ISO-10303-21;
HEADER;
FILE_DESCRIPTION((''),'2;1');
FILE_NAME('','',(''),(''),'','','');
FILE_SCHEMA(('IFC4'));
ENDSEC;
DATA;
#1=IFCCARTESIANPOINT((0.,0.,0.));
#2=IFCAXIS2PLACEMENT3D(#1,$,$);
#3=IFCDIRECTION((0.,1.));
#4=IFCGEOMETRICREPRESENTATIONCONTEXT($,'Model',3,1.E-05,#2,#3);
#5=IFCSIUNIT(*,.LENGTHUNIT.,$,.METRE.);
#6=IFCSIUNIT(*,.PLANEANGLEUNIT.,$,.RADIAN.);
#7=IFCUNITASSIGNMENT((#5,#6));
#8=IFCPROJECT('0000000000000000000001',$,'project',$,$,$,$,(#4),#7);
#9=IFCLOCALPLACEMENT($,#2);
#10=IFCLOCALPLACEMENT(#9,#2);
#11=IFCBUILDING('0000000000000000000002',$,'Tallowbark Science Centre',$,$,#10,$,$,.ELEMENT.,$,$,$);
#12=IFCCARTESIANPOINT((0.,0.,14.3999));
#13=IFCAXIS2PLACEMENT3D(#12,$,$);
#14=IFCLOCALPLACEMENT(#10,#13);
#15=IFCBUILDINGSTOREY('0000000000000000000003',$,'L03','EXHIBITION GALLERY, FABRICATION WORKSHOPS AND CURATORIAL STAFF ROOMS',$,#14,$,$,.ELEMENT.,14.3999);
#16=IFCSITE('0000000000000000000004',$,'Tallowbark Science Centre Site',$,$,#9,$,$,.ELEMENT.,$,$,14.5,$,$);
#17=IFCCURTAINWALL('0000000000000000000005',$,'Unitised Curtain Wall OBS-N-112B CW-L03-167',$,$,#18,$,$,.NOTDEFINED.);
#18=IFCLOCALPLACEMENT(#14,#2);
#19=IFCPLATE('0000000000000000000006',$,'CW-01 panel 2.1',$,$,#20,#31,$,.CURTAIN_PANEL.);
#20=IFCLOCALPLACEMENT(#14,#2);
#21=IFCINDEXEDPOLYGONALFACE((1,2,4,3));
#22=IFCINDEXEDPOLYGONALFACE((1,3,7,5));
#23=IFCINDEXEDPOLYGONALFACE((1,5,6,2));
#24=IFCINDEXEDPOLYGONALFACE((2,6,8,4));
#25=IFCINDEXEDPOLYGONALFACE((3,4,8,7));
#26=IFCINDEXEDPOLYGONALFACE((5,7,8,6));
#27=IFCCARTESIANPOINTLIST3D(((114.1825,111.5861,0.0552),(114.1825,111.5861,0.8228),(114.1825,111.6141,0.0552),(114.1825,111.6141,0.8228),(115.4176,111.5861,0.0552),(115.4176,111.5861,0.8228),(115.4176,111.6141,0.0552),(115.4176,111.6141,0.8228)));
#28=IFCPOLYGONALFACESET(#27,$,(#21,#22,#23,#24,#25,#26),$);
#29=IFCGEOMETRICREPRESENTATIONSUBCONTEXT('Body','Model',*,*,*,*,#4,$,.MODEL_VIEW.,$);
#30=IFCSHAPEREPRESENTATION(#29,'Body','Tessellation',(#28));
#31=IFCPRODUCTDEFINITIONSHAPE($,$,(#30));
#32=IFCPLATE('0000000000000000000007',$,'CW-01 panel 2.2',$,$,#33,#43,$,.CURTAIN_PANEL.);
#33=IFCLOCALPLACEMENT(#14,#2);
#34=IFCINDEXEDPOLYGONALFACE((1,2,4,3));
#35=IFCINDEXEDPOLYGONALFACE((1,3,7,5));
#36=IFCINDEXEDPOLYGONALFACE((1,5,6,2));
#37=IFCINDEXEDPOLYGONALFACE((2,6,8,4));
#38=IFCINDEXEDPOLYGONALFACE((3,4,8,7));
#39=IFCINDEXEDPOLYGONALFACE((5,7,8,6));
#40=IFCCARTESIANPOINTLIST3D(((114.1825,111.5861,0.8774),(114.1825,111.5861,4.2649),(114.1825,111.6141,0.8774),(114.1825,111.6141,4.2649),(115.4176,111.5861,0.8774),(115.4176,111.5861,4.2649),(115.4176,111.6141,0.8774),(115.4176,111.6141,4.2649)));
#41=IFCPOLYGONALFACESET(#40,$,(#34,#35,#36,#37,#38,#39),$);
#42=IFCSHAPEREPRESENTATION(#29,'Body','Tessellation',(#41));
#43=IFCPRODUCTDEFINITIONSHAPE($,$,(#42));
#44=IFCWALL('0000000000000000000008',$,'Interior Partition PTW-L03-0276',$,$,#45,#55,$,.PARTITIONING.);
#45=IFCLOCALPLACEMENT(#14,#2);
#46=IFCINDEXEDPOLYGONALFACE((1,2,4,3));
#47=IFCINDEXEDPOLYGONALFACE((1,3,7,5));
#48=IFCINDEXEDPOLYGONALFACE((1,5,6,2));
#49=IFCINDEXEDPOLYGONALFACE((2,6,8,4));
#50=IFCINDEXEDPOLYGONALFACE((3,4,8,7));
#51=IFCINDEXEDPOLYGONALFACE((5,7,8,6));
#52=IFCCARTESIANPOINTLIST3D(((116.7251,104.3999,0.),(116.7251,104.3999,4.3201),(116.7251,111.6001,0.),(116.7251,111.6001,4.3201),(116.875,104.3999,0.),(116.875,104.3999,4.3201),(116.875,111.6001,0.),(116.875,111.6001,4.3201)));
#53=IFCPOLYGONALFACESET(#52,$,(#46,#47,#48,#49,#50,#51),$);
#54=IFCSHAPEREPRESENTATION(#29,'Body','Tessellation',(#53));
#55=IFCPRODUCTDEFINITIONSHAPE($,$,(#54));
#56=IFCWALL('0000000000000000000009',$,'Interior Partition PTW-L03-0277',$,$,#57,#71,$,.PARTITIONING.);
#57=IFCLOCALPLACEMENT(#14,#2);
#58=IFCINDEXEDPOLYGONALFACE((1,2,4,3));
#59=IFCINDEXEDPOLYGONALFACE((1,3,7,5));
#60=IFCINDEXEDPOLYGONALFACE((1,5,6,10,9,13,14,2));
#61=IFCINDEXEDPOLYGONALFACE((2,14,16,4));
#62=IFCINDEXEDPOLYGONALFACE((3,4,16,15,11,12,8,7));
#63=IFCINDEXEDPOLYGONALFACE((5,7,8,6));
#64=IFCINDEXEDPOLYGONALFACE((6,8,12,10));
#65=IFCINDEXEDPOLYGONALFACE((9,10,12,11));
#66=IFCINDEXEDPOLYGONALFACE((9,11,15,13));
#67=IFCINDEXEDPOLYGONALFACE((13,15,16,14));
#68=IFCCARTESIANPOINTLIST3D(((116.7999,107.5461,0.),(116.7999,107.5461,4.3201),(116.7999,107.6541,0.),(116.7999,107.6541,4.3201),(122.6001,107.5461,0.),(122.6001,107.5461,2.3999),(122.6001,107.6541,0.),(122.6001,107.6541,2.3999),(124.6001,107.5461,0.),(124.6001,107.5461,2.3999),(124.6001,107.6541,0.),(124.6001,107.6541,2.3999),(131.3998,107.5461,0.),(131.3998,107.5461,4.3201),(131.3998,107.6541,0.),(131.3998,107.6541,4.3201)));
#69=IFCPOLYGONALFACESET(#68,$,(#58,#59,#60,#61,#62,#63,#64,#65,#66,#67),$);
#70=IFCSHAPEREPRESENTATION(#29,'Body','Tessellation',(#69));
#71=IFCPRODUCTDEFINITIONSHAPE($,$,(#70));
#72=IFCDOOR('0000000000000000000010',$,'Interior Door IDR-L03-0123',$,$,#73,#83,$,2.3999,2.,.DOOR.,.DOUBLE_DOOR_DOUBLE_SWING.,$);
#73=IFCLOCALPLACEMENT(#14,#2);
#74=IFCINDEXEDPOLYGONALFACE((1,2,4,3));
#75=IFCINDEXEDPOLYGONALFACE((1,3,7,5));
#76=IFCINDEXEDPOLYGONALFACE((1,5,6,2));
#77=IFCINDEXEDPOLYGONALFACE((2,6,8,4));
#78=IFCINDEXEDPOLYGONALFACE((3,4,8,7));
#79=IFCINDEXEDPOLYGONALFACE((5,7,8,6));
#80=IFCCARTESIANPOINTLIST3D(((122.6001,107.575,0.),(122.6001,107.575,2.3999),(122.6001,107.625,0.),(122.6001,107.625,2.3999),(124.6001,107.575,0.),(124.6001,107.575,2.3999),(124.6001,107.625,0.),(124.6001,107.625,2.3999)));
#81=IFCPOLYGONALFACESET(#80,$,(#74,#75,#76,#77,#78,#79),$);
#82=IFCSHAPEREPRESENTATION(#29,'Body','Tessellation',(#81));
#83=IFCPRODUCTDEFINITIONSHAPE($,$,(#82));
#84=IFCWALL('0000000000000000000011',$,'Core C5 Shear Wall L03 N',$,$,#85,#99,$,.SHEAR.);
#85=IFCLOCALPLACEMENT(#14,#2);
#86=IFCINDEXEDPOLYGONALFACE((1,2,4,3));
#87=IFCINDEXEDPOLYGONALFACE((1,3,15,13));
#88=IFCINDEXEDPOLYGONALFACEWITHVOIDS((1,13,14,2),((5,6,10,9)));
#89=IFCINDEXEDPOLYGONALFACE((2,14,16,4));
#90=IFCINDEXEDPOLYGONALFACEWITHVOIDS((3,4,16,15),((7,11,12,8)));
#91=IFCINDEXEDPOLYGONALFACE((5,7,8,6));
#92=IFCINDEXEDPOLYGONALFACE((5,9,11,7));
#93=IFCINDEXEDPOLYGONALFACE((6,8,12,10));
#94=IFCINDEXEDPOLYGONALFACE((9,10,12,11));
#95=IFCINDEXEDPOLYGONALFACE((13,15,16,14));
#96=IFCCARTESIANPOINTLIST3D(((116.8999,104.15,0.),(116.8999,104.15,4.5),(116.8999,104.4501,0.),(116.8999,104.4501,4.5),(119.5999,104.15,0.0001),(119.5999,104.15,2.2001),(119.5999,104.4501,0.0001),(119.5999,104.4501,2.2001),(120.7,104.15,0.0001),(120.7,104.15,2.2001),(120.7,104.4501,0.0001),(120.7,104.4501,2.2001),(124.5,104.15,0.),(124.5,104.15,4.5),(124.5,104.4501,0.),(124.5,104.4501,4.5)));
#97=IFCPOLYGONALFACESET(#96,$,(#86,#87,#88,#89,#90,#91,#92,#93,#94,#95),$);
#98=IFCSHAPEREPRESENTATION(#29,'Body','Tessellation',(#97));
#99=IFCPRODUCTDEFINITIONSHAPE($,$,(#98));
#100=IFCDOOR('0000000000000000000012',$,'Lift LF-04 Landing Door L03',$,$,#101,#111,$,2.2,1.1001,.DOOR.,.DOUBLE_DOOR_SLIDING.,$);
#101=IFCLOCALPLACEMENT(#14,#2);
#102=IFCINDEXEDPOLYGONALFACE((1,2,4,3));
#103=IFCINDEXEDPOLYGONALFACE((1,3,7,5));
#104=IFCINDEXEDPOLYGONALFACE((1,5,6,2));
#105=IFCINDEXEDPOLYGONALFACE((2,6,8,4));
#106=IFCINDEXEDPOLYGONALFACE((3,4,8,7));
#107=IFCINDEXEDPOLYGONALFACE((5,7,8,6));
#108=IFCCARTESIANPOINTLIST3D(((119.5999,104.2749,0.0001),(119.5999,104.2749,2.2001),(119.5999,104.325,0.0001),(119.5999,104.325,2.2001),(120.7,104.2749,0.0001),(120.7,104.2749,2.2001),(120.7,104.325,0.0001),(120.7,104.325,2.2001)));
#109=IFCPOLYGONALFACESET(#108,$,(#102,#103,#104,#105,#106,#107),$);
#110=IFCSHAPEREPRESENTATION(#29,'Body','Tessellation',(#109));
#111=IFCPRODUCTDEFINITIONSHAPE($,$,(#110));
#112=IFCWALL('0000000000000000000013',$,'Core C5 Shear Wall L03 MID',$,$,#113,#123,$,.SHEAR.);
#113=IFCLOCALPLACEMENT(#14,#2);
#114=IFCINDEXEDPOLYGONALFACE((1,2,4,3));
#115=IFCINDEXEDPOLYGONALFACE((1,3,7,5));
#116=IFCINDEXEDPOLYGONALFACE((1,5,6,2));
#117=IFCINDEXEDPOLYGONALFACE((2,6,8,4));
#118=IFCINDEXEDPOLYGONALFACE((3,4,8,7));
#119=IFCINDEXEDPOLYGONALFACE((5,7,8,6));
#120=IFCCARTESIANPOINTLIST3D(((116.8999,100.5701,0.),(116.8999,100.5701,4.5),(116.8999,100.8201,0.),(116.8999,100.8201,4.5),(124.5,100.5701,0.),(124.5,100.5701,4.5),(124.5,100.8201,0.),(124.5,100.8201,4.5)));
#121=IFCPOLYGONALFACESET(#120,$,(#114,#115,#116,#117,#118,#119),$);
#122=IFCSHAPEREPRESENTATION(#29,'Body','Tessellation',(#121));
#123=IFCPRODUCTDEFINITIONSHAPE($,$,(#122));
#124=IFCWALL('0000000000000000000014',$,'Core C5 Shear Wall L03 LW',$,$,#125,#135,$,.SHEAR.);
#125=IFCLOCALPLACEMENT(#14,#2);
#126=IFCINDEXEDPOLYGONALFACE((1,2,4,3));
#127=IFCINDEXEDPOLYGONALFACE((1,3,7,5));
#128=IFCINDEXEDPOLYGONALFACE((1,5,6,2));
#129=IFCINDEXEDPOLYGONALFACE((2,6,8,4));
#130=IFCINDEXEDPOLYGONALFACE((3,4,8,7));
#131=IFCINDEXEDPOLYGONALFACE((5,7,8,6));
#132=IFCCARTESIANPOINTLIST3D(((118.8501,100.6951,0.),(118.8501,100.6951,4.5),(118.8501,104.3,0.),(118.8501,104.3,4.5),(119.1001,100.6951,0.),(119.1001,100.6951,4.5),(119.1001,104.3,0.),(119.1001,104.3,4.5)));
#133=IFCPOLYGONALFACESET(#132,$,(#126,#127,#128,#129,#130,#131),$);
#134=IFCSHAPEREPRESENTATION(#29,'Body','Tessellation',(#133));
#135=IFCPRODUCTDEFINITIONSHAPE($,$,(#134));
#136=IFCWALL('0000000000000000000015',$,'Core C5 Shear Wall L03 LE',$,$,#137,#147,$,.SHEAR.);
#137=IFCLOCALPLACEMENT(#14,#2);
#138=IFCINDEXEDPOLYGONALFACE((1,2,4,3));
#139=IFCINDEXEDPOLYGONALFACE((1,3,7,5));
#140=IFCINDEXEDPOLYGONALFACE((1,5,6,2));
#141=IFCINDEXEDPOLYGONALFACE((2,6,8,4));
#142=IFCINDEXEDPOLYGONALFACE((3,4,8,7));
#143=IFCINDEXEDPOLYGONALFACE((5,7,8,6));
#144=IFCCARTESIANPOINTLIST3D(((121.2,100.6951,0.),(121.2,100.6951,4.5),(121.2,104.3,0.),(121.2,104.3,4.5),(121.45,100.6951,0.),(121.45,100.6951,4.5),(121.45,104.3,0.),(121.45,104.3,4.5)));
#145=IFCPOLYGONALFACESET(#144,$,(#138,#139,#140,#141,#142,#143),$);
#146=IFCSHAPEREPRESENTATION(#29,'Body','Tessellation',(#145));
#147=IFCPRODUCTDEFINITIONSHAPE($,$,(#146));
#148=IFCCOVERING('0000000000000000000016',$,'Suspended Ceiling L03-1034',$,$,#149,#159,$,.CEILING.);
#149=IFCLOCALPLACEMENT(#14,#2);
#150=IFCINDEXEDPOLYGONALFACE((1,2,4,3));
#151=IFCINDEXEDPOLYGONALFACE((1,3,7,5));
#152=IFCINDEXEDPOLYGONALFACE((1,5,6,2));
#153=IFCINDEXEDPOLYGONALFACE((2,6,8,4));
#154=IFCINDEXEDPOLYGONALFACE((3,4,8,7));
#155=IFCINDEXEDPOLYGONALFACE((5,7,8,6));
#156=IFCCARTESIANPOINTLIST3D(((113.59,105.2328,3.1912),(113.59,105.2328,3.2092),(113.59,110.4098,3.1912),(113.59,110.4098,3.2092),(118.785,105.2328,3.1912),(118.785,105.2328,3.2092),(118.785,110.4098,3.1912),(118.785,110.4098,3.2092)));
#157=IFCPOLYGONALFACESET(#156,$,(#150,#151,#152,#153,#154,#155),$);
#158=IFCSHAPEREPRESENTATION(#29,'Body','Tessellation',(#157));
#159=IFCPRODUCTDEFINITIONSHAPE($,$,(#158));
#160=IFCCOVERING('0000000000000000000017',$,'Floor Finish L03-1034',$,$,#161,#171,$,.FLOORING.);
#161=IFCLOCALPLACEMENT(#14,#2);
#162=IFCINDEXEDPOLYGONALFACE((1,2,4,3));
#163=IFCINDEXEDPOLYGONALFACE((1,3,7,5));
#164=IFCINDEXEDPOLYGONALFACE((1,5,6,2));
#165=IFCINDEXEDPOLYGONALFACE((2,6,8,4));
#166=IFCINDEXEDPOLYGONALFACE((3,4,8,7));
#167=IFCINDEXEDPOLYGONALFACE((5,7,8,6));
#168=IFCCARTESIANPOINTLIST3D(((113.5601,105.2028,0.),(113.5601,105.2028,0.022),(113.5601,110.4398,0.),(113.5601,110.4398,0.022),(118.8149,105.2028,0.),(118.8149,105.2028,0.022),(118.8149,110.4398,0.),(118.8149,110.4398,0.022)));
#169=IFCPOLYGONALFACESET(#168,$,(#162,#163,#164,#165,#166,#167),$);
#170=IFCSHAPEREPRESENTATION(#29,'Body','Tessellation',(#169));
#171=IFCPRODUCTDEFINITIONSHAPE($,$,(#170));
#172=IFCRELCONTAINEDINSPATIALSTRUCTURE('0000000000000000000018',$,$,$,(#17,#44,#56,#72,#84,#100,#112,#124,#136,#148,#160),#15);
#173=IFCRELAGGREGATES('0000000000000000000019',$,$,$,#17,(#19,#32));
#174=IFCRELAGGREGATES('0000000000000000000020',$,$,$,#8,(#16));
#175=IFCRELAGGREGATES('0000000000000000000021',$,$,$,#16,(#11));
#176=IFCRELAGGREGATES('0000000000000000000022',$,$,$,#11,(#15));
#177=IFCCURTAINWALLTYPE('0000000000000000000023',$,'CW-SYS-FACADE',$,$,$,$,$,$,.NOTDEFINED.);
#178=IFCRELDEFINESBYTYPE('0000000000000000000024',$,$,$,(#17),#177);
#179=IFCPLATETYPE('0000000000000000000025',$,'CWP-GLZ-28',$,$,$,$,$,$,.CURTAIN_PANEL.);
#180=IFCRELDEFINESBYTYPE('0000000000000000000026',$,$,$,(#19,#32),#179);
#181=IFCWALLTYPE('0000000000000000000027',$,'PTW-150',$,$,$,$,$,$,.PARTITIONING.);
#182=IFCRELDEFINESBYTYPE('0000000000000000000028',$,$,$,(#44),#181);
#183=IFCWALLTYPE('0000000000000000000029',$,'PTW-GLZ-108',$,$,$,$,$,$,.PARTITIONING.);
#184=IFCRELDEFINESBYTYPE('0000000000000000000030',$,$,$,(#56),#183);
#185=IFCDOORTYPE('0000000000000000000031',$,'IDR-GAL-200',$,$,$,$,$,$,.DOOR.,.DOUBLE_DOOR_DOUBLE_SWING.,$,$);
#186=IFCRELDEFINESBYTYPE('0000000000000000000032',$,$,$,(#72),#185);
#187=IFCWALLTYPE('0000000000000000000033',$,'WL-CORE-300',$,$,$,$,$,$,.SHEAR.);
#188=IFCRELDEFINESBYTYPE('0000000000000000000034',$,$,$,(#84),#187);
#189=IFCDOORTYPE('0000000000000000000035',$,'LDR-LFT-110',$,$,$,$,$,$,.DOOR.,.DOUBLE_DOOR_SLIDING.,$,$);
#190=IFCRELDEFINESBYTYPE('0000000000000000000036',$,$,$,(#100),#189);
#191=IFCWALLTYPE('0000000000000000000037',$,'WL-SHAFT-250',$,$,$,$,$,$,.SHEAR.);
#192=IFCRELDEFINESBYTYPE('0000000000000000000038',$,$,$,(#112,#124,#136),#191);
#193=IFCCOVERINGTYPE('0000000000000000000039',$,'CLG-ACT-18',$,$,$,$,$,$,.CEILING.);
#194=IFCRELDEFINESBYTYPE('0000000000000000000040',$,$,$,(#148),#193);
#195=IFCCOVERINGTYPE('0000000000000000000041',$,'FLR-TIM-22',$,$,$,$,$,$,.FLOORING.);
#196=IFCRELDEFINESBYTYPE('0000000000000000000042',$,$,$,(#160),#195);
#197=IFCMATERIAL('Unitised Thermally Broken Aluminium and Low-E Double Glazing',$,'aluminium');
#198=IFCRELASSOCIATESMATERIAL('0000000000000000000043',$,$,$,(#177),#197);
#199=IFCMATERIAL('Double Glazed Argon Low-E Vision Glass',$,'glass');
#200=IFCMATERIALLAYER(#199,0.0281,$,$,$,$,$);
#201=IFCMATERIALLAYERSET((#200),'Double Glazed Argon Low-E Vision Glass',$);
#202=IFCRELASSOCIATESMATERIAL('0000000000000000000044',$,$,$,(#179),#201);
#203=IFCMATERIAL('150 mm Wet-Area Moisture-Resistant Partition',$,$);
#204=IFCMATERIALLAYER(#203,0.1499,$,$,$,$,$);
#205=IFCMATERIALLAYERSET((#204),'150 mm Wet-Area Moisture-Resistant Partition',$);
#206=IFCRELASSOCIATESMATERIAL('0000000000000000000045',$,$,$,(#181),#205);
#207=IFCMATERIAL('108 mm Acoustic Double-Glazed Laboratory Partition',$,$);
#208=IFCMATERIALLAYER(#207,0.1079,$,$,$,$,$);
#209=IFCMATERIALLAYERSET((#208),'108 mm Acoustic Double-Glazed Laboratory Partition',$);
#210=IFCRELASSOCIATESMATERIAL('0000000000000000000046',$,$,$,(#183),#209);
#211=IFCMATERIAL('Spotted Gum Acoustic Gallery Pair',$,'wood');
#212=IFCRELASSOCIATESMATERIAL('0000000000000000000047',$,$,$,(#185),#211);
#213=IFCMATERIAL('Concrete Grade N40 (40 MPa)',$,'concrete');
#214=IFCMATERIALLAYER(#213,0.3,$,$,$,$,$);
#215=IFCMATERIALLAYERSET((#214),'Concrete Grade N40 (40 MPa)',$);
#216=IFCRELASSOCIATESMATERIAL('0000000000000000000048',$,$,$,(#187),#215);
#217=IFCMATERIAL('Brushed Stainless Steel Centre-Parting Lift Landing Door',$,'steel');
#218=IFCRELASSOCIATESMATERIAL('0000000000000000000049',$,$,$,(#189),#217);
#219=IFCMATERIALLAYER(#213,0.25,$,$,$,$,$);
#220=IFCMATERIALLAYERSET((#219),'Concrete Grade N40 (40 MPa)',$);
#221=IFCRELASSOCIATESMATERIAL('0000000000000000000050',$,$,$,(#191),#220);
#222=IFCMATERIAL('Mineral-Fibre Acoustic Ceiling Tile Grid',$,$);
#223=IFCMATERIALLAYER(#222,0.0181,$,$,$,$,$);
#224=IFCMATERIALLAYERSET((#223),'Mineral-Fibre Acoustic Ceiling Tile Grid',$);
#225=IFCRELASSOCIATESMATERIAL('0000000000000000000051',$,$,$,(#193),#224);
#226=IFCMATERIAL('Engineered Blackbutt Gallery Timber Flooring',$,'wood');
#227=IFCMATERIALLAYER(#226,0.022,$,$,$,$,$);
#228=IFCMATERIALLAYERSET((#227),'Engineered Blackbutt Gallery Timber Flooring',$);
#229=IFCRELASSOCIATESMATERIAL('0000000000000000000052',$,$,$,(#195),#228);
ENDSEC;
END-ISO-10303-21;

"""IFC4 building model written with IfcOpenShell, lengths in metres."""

from ifc_helpers import new_model, si_unit, direction, frame, frame_2d, origin, origin_2d, place, context, subcontext, project, spatial, rectangle, extrude, material, layer, layer_set, type_object, element, fill, aggregate, save


model = new_model("IFC4")

# Units and contexts
model_context = context("Model", 3, precision=1e-05, world=origin(), true_north=direction((0.0, 1.0)))
body_context = subcontext(model_context, "Body", "Model", "MODEL_VIEW")
ifc_project = project(units=[si_unit("LENGTHUNIT", "METRE"), si_unit("PLANEANGLEUNIT", "RADIAN")], contexts=[model_context])

# Site, building, storey
site_placement = place(None, origin())
site = spatial("IfcSite", under=ifc_project, at=site_placement, Name="Tallowbark Science Centre Site", CompositionType="ELEMENT", RefElevation=14.5)
building_placement = place(site_placement, origin())
building = spatial("IfcBuilding", under=site, at=building_placement, Name="Tallowbark Science Centre", CompositionType="ELEMENT")
storey_placement = place(building_placement, frame((0.0, 0.0, 14.3999)))
storey = spatial("IfcBuildingStorey", under=building, at=storey_placement, Name="L03", Description="EXHIBITION GALLERY, FABRICATION WORKSHOPS AND CURATORIAL STAFF ROOMS", CompositionType="ELEMENT", Elevation=14.3999)

# Curtain wall
ifc_material_1 = material(Name="Unitised Thermally Broken Aluminium and Low-E Double Glazing", Category="aluminium")
curtain_wall_type = type_object("IfcCurtainWallType", Name="CW-SYS-FACADE", PredefinedType="NOTDEFINED", material=ifc_material_1)
curtain_wall_placement = place(storey_placement, origin())
curtain_wall = element("IfcCurtainWall", 1, at=curtain_wall_placement, inside=storey, type_object=curtain_wall_type, Name="Unitised Curtain Wall OBS-N-112B CW-L03-167", PredefinedType="NOTDEFINED")

# Plates
ifc_material_2 = material(Name="Double Glazed Argon Low-E Vision Glass", Category="glass")
ifc_layer_1 = layer(ifc_material_2, 0.0281)
ifc_layer_set_1 = layer_set([ifc_layer_1], Name="Double Glazed Argon Low-E Vision Glass")
plate_type = type_object("IfcPlateType", Name="CWP-GLZ-28", PredefinedType="CURTAIN_PANEL", material=ifc_layer_set_1)
plate_1_placement = place(storey_placement, frame((114.8, 111.6001, 0.0552), z_axis=(0.0, 0.0, 1.0), x_axis=(-1.0, 0.0, 0.0)))
plate_1 = element("IfcPlate", 2, at=plate_1_placement, type_object=plate_type, Name="CW-01 panel 2.1", PredefinedType="CURTAIN_PANEL", context=body_context, shape_type="SweptSolid", body=[
    extrude(rectangle(XDim=1.2351, YDim=0.0281, at=origin_2d()), origin(), (0.0, 0.0, 1.0), 0.7676),
])
plate_2_placement = place(storey_placement, frame((114.8, 111.6001, 0.8774), z_axis=(0.0, 0.0, 1.0), x_axis=(-1.0, 0.0, 0.0)))
plate_2 = element("IfcPlate", 3, at=plate_2_placement, type_object=plate_type, Name="CW-01 panel 2.2", PredefinedType="CURTAIN_PANEL", context=body_context, shape_type="SweptSolid", body=[
    extrude(rectangle(XDim=1.2351, YDim=0.0281, at=origin_2d()), origin(), (0.0, 0.0, 1.0), 3.3875),
])
aggregate(curtain_wall, [plate_1, plate_2])

# Wall
ifc_material_3 = material(Name="150 mm Wet-Area Moisture-Resistant Partition")
ifc_layer_2 = layer(ifc_material_3, 0.1499)
ifc_layer_set_2 = layer_set([ifc_layer_2], Name="150 mm Wet-Area Moisture-Resistant Partition")
wall_type_1 = type_object("IfcWallType", Name="PTW-150", PredefinedType="PARTITIONING", material=ifc_layer_set_2)
wall_1_placement = place(storey_placement, frame((116.8, 104.3999, 0.0), z_axis=(0.0, 0.0, 1.0), x_axis=(0.0, 1.0, 0.0)))
element("IfcWall", 4, at=wall_1_placement, inside=storey, type_object=wall_type_1, Name="Interior Partition PTW-L03-0276", PredefinedType="PARTITIONING", context=body_context, shape_type="SweptSolid", body=[
    extrude(rectangle(XDim=7.2002, YDim=0.1499, at=frame_2d((3.6001, 0.0))), origin(), (0.0, 0.0, 1.0), 4.3201),
])

# Walls, openings, doors
ifc_material_4 = material(Name="108 mm Acoustic Double-Glazed Laboratory Partition")
ifc_layer_3 = layer(ifc_material_4, 0.1079)
ifc_layer_set_3 = layer_set([ifc_layer_3], Name="108 mm Acoustic Double-Glazed Laboratory Partition")
wall_type_2 = type_object("IfcWallType", Name="PTW-GLZ-108", PredefinedType="PARTITIONING", material=ifc_layer_set_3)
wall_2_placement = place(storey_placement, frame((116.8, 107.6001, 0.0), z_axis=(0.0, 0.0, 1.0), x_axis=(1.0, 0.0, 0.0)))
wall_2 = element("IfcWall", 5, at=wall_2_placement, inside=storey, type_object=wall_type_2, Name="Interior Partition PTW-L03-0277", PredefinedType="PARTITIONING", context=body_context, shape_type="SweptSolid", body=[
    extrude(rectangle(XDim=14.5999, YDim=0.1079, at=frame_2d((7.2998, 0.0))), origin(), (0.0, 0.0, 1.0), 4.3201),
])
opening_1_placement = place(wall_2_placement, frame((5.8, 0.0, 0.0)))
opening_1 = element("IfcOpeningElement", 6, at=opening_1_placement, cuts=wall_2, PredefinedType="OPENING", context=body_context, shape_type="SweptSolid", body=[
    extrude(rectangle(XDim=2.0, YDim=2.3999, at=frame_2d((1.0, 1.2))), frame((0.0, 0.064, 0.0), z_axis=(0.0, -1.0, 0.0), x_axis=(1.0, 0.0, 0.0)), (0.0, 0.0, 1.0), 0.1279),
])
ifc_material_5 = material(Name="Spotted Gum Acoustic Gallery Pair", Category="wood")
door_type_1 = type_object("IfcDoorType", Name="IDR-GAL-200", OperationType="DOUBLE_DOOR_DOUBLE_SWING", PredefinedType="DOOR", material=ifc_material_5)
door_1_placement = place(opening_1_placement, origin())
door_1 = element("IfcDoor", 7, at=door_1_placement, inside=storey, type_object=door_type_1, Name="Interior Door IDR-L03-0123", OperationType="DOUBLE_DOOR_DOUBLE_SWING", OverallHeight=2.3999, OverallWidth=2.0, PredefinedType="DOOR", context=body_context, shape_type="SweptSolid", body=[
    extrude(rectangle(XDim=2.0, YDim=2.3999, at=frame_2d((1.0, 1.2))), frame((0.0, 0.0249, 0.0), z_axis=(0.0, -1.0, 0.0), x_axis=(1.0, 0.0, 0.0)), (0.0, 0.0, 1.0), 0.05),
])
fill(opening_1, door_1)
ifc_material_6 = material(Name="Concrete Grade N40 (40 MPa)", Category="concrete")
ifc_layer_4 = layer(ifc_material_6, 0.3)
ifc_layer_set_4 = layer_set([ifc_layer_4], Name="Concrete Grade N40 (40 MPa)")
wall_type_3 = type_object("IfcWallType", Name="WL-CORE-300", PredefinedType="SHEAR", material=ifc_layer_set_4)
wall_3_placement = place(storey_placement, frame((116.8999, 104.3, 0.0), z_axis=(0.0, 0.0, 1.0), x_axis=(1.0, 0.0, 0.0)))
wall_3 = element("IfcWall", 8, at=wall_3_placement, inside=storey, type_object=wall_type_3, Name="Core C5 Shear Wall L03 N", PredefinedType="SHEAR", context=body_context, shape_type="SweptSolid", body=[
    extrude(rectangle(XDim=7.6001, YDim=0.3, at=frame_2d((3.8, 0.0))), origin(), (0.0, 0.0, 1.0), 4.5),
])
opening_2_placement = place(wall_3_placement, frame((2.7, 0.0, 0.0)))
opening_2 = element("IfcOpeningElement", 9, at=opening_2_placement, cuts=wall_3, PredefinedType="OPENING", context=body_context, shape_type="SweptSolid", body=[
    extrude(rectangle(XDim=1.1001, YDim=2.2, at=frame_2d((0.55, 1.1001))), frame((0.0, 0.1602, 0.0), z_axis=(0.0, -1.0, 0.0), x_axis=(1.0, 0.0, 0.0)), (0.0, 0.0, 1.0), 0.3201),
])
ifc_material_7 = material(Name="Brushed Stainless Steel Centre-Parting Lift Landing Door", Category="steel")
door_type_2 = type_object("IfcDoorType", Name="LDR-LFT-110", OperationType="DOUBLE_DOOR_SLIDING", PredefinedType="DOOR", material=ifc_material_7)
door_2_placement = place(opening_2_placement, origin())
door_2 = element("IfcDoor", 10, at=door_2_placement, inside=storey, type_object=door_type_2, Name="Lift LF-04 Landing Door L03", OperationType="DOUBLE_DOOR_SLIDING", OverallHeight=2.2, OverallWidth=1.1001, PredefinedType="DOOR", context=body_context, shape_type="SweptSolid", body=[
    extrude(rectangle(XDim=1.1001, YDim=2.2, at=frame_2d((0.55, 1.1001))), frame((0.0, 0.0249, 0.0), z_axis=(0.0, -1.0, 0.0), x_axis=(1.0, 0.0, 0.0)), (0.0, 0.0, 1.0), 0.05),
])
fill(opening_2, door_2)

# Walls
ifc_layer_5 = layer(ifc_material_6, 0.25)
ifc_layer_set_5 = layer_set([ifc_layer_5], Name="Concrete Grade N40 (40 MPa)")
wall_type_4 = type_object("IfcWallType", Name="WL-SHAFT-250", PredefinedType="SHEAR", material=ifc_layer_set_5)
wall_4_placement = place(storey_placement, frame((116.8999, 100.6951, 0.0), z_axis=(0.0, 0.0, 1.0), x_axis=(1.0, 0.0, 0.0)))
element("IfcWall", 11, at=wall_4_placement, inside=storey, type_object=wall_type_4, Name="Core C5 Shear Wall L03 MID", PredefinedType="SHEAR", context=body_context, shape_type="SweptSolid", body=[
    extrude(rectangle(XDim=7.6001, YDim=0.25, at=frame_2d((3.8, 0.0))), origin(), (0.0, 0.0, 1.0), 4.5),
])
for number, where, z_axis, x_axis, name in (
    (12, (118.9751, 100.6951, 0.0), (0.0, 0.0, 1.0), (0.0, 1.0, 0.0), "Core C5 Shear Wall L03 LW"),
    (13, (121.325, 100.6951, 0.0), (0.0, 0.0, 1.0), (0.0, 1.0, 0.0), "Core C5 Shear Wall L03 LE"),
):
    element("IfcWall", number, at=place(storey_placement, frame(where, z_axis=z_axis, x_axis=x_axis)), inside=storey, type_object=wall_type_4, Name=name, PredefinedType="SHEAR", context=body_context, shape_type="SweptSolid", body=[
        extrude(rectangle(XDim=3.605, YDim=0.25, at=frame_2d((1.8025, 0.0))), origin(), (0.0, 0.0, 1.0), 4.5),
    ])

# Coverings
ifc_material_8 = material(Name="Mineral-Fibre Acoustic Ceiling Tile Grid")
ifc_layer_6 = layer(ifc_material_8, 0.0181)
ifc_layer_set_6 = layer_set([ifc_layer_6], Name="Mineral-Fibre Acoustic Ceiling Tile Grid")
covering_type_1 = type_object("IfcCoveringType", Name="CLG-ACT-18", PredefinedType="CEILING", material=ifc_layer_set_6)
covering_1_placement = place(storey_placement, frame((116.1875, 107.8213, 3.1912), z_axis=(0.0, 0.0, 1.0), x_axis=(1.0, 0.0, 0.0)))
element("IfcCovering", 14, at=covering_1_placement, inside=storey, type_object=covering_type_1, Name="Suspended Ceiling L03-1034", PredefinedType="CEILING", context=body_context, shape_type="SweptSolid", body=[
    extrude(rectangle(XDim=5.1951, YDim=5.177, at=origin_2d()), origin(), (0.0, 0.0, 1.0), 0.0181),
])
ifc_material_9 = material(Name="Engineered Blackbutt Gallery Timber Flooring", Category="wood")
ifc_layer_7 = layer(ifc_material_9, 0.022)
ifc_layer_set_7 = layer_set([ifc_layer_7], Name="Engineered Blackbutt Gallery Timber Flooring")
covering_type_2 = type_object("IfcCoveringType", Name="FLR-TIM-22", PredefinedType="FLOORING", material=ifc_layer_set_7)
covering_2_placement = place(storey_placement, frame((116.1875, 107.8213, 0.0), z_axis=(0.0, 0.0, 1.0), x_axis=(1.0, 0.0, 0.0)))
element("IfcCovering", 15, at=covering_2_placement, inside=storey, type_object=covering_type_2, Name="Floor Finish L03-1034", PredefinedType="FLOORING", context=body_context, shape_type="SweptSolid", body=[
    extrude(rectangle(XDim=5.2549, YDim=5.2371, at=origin_2d()), origin(), (0.0, 0.0, 1.0), 0.022),
])

save(model, "model.ifc")
